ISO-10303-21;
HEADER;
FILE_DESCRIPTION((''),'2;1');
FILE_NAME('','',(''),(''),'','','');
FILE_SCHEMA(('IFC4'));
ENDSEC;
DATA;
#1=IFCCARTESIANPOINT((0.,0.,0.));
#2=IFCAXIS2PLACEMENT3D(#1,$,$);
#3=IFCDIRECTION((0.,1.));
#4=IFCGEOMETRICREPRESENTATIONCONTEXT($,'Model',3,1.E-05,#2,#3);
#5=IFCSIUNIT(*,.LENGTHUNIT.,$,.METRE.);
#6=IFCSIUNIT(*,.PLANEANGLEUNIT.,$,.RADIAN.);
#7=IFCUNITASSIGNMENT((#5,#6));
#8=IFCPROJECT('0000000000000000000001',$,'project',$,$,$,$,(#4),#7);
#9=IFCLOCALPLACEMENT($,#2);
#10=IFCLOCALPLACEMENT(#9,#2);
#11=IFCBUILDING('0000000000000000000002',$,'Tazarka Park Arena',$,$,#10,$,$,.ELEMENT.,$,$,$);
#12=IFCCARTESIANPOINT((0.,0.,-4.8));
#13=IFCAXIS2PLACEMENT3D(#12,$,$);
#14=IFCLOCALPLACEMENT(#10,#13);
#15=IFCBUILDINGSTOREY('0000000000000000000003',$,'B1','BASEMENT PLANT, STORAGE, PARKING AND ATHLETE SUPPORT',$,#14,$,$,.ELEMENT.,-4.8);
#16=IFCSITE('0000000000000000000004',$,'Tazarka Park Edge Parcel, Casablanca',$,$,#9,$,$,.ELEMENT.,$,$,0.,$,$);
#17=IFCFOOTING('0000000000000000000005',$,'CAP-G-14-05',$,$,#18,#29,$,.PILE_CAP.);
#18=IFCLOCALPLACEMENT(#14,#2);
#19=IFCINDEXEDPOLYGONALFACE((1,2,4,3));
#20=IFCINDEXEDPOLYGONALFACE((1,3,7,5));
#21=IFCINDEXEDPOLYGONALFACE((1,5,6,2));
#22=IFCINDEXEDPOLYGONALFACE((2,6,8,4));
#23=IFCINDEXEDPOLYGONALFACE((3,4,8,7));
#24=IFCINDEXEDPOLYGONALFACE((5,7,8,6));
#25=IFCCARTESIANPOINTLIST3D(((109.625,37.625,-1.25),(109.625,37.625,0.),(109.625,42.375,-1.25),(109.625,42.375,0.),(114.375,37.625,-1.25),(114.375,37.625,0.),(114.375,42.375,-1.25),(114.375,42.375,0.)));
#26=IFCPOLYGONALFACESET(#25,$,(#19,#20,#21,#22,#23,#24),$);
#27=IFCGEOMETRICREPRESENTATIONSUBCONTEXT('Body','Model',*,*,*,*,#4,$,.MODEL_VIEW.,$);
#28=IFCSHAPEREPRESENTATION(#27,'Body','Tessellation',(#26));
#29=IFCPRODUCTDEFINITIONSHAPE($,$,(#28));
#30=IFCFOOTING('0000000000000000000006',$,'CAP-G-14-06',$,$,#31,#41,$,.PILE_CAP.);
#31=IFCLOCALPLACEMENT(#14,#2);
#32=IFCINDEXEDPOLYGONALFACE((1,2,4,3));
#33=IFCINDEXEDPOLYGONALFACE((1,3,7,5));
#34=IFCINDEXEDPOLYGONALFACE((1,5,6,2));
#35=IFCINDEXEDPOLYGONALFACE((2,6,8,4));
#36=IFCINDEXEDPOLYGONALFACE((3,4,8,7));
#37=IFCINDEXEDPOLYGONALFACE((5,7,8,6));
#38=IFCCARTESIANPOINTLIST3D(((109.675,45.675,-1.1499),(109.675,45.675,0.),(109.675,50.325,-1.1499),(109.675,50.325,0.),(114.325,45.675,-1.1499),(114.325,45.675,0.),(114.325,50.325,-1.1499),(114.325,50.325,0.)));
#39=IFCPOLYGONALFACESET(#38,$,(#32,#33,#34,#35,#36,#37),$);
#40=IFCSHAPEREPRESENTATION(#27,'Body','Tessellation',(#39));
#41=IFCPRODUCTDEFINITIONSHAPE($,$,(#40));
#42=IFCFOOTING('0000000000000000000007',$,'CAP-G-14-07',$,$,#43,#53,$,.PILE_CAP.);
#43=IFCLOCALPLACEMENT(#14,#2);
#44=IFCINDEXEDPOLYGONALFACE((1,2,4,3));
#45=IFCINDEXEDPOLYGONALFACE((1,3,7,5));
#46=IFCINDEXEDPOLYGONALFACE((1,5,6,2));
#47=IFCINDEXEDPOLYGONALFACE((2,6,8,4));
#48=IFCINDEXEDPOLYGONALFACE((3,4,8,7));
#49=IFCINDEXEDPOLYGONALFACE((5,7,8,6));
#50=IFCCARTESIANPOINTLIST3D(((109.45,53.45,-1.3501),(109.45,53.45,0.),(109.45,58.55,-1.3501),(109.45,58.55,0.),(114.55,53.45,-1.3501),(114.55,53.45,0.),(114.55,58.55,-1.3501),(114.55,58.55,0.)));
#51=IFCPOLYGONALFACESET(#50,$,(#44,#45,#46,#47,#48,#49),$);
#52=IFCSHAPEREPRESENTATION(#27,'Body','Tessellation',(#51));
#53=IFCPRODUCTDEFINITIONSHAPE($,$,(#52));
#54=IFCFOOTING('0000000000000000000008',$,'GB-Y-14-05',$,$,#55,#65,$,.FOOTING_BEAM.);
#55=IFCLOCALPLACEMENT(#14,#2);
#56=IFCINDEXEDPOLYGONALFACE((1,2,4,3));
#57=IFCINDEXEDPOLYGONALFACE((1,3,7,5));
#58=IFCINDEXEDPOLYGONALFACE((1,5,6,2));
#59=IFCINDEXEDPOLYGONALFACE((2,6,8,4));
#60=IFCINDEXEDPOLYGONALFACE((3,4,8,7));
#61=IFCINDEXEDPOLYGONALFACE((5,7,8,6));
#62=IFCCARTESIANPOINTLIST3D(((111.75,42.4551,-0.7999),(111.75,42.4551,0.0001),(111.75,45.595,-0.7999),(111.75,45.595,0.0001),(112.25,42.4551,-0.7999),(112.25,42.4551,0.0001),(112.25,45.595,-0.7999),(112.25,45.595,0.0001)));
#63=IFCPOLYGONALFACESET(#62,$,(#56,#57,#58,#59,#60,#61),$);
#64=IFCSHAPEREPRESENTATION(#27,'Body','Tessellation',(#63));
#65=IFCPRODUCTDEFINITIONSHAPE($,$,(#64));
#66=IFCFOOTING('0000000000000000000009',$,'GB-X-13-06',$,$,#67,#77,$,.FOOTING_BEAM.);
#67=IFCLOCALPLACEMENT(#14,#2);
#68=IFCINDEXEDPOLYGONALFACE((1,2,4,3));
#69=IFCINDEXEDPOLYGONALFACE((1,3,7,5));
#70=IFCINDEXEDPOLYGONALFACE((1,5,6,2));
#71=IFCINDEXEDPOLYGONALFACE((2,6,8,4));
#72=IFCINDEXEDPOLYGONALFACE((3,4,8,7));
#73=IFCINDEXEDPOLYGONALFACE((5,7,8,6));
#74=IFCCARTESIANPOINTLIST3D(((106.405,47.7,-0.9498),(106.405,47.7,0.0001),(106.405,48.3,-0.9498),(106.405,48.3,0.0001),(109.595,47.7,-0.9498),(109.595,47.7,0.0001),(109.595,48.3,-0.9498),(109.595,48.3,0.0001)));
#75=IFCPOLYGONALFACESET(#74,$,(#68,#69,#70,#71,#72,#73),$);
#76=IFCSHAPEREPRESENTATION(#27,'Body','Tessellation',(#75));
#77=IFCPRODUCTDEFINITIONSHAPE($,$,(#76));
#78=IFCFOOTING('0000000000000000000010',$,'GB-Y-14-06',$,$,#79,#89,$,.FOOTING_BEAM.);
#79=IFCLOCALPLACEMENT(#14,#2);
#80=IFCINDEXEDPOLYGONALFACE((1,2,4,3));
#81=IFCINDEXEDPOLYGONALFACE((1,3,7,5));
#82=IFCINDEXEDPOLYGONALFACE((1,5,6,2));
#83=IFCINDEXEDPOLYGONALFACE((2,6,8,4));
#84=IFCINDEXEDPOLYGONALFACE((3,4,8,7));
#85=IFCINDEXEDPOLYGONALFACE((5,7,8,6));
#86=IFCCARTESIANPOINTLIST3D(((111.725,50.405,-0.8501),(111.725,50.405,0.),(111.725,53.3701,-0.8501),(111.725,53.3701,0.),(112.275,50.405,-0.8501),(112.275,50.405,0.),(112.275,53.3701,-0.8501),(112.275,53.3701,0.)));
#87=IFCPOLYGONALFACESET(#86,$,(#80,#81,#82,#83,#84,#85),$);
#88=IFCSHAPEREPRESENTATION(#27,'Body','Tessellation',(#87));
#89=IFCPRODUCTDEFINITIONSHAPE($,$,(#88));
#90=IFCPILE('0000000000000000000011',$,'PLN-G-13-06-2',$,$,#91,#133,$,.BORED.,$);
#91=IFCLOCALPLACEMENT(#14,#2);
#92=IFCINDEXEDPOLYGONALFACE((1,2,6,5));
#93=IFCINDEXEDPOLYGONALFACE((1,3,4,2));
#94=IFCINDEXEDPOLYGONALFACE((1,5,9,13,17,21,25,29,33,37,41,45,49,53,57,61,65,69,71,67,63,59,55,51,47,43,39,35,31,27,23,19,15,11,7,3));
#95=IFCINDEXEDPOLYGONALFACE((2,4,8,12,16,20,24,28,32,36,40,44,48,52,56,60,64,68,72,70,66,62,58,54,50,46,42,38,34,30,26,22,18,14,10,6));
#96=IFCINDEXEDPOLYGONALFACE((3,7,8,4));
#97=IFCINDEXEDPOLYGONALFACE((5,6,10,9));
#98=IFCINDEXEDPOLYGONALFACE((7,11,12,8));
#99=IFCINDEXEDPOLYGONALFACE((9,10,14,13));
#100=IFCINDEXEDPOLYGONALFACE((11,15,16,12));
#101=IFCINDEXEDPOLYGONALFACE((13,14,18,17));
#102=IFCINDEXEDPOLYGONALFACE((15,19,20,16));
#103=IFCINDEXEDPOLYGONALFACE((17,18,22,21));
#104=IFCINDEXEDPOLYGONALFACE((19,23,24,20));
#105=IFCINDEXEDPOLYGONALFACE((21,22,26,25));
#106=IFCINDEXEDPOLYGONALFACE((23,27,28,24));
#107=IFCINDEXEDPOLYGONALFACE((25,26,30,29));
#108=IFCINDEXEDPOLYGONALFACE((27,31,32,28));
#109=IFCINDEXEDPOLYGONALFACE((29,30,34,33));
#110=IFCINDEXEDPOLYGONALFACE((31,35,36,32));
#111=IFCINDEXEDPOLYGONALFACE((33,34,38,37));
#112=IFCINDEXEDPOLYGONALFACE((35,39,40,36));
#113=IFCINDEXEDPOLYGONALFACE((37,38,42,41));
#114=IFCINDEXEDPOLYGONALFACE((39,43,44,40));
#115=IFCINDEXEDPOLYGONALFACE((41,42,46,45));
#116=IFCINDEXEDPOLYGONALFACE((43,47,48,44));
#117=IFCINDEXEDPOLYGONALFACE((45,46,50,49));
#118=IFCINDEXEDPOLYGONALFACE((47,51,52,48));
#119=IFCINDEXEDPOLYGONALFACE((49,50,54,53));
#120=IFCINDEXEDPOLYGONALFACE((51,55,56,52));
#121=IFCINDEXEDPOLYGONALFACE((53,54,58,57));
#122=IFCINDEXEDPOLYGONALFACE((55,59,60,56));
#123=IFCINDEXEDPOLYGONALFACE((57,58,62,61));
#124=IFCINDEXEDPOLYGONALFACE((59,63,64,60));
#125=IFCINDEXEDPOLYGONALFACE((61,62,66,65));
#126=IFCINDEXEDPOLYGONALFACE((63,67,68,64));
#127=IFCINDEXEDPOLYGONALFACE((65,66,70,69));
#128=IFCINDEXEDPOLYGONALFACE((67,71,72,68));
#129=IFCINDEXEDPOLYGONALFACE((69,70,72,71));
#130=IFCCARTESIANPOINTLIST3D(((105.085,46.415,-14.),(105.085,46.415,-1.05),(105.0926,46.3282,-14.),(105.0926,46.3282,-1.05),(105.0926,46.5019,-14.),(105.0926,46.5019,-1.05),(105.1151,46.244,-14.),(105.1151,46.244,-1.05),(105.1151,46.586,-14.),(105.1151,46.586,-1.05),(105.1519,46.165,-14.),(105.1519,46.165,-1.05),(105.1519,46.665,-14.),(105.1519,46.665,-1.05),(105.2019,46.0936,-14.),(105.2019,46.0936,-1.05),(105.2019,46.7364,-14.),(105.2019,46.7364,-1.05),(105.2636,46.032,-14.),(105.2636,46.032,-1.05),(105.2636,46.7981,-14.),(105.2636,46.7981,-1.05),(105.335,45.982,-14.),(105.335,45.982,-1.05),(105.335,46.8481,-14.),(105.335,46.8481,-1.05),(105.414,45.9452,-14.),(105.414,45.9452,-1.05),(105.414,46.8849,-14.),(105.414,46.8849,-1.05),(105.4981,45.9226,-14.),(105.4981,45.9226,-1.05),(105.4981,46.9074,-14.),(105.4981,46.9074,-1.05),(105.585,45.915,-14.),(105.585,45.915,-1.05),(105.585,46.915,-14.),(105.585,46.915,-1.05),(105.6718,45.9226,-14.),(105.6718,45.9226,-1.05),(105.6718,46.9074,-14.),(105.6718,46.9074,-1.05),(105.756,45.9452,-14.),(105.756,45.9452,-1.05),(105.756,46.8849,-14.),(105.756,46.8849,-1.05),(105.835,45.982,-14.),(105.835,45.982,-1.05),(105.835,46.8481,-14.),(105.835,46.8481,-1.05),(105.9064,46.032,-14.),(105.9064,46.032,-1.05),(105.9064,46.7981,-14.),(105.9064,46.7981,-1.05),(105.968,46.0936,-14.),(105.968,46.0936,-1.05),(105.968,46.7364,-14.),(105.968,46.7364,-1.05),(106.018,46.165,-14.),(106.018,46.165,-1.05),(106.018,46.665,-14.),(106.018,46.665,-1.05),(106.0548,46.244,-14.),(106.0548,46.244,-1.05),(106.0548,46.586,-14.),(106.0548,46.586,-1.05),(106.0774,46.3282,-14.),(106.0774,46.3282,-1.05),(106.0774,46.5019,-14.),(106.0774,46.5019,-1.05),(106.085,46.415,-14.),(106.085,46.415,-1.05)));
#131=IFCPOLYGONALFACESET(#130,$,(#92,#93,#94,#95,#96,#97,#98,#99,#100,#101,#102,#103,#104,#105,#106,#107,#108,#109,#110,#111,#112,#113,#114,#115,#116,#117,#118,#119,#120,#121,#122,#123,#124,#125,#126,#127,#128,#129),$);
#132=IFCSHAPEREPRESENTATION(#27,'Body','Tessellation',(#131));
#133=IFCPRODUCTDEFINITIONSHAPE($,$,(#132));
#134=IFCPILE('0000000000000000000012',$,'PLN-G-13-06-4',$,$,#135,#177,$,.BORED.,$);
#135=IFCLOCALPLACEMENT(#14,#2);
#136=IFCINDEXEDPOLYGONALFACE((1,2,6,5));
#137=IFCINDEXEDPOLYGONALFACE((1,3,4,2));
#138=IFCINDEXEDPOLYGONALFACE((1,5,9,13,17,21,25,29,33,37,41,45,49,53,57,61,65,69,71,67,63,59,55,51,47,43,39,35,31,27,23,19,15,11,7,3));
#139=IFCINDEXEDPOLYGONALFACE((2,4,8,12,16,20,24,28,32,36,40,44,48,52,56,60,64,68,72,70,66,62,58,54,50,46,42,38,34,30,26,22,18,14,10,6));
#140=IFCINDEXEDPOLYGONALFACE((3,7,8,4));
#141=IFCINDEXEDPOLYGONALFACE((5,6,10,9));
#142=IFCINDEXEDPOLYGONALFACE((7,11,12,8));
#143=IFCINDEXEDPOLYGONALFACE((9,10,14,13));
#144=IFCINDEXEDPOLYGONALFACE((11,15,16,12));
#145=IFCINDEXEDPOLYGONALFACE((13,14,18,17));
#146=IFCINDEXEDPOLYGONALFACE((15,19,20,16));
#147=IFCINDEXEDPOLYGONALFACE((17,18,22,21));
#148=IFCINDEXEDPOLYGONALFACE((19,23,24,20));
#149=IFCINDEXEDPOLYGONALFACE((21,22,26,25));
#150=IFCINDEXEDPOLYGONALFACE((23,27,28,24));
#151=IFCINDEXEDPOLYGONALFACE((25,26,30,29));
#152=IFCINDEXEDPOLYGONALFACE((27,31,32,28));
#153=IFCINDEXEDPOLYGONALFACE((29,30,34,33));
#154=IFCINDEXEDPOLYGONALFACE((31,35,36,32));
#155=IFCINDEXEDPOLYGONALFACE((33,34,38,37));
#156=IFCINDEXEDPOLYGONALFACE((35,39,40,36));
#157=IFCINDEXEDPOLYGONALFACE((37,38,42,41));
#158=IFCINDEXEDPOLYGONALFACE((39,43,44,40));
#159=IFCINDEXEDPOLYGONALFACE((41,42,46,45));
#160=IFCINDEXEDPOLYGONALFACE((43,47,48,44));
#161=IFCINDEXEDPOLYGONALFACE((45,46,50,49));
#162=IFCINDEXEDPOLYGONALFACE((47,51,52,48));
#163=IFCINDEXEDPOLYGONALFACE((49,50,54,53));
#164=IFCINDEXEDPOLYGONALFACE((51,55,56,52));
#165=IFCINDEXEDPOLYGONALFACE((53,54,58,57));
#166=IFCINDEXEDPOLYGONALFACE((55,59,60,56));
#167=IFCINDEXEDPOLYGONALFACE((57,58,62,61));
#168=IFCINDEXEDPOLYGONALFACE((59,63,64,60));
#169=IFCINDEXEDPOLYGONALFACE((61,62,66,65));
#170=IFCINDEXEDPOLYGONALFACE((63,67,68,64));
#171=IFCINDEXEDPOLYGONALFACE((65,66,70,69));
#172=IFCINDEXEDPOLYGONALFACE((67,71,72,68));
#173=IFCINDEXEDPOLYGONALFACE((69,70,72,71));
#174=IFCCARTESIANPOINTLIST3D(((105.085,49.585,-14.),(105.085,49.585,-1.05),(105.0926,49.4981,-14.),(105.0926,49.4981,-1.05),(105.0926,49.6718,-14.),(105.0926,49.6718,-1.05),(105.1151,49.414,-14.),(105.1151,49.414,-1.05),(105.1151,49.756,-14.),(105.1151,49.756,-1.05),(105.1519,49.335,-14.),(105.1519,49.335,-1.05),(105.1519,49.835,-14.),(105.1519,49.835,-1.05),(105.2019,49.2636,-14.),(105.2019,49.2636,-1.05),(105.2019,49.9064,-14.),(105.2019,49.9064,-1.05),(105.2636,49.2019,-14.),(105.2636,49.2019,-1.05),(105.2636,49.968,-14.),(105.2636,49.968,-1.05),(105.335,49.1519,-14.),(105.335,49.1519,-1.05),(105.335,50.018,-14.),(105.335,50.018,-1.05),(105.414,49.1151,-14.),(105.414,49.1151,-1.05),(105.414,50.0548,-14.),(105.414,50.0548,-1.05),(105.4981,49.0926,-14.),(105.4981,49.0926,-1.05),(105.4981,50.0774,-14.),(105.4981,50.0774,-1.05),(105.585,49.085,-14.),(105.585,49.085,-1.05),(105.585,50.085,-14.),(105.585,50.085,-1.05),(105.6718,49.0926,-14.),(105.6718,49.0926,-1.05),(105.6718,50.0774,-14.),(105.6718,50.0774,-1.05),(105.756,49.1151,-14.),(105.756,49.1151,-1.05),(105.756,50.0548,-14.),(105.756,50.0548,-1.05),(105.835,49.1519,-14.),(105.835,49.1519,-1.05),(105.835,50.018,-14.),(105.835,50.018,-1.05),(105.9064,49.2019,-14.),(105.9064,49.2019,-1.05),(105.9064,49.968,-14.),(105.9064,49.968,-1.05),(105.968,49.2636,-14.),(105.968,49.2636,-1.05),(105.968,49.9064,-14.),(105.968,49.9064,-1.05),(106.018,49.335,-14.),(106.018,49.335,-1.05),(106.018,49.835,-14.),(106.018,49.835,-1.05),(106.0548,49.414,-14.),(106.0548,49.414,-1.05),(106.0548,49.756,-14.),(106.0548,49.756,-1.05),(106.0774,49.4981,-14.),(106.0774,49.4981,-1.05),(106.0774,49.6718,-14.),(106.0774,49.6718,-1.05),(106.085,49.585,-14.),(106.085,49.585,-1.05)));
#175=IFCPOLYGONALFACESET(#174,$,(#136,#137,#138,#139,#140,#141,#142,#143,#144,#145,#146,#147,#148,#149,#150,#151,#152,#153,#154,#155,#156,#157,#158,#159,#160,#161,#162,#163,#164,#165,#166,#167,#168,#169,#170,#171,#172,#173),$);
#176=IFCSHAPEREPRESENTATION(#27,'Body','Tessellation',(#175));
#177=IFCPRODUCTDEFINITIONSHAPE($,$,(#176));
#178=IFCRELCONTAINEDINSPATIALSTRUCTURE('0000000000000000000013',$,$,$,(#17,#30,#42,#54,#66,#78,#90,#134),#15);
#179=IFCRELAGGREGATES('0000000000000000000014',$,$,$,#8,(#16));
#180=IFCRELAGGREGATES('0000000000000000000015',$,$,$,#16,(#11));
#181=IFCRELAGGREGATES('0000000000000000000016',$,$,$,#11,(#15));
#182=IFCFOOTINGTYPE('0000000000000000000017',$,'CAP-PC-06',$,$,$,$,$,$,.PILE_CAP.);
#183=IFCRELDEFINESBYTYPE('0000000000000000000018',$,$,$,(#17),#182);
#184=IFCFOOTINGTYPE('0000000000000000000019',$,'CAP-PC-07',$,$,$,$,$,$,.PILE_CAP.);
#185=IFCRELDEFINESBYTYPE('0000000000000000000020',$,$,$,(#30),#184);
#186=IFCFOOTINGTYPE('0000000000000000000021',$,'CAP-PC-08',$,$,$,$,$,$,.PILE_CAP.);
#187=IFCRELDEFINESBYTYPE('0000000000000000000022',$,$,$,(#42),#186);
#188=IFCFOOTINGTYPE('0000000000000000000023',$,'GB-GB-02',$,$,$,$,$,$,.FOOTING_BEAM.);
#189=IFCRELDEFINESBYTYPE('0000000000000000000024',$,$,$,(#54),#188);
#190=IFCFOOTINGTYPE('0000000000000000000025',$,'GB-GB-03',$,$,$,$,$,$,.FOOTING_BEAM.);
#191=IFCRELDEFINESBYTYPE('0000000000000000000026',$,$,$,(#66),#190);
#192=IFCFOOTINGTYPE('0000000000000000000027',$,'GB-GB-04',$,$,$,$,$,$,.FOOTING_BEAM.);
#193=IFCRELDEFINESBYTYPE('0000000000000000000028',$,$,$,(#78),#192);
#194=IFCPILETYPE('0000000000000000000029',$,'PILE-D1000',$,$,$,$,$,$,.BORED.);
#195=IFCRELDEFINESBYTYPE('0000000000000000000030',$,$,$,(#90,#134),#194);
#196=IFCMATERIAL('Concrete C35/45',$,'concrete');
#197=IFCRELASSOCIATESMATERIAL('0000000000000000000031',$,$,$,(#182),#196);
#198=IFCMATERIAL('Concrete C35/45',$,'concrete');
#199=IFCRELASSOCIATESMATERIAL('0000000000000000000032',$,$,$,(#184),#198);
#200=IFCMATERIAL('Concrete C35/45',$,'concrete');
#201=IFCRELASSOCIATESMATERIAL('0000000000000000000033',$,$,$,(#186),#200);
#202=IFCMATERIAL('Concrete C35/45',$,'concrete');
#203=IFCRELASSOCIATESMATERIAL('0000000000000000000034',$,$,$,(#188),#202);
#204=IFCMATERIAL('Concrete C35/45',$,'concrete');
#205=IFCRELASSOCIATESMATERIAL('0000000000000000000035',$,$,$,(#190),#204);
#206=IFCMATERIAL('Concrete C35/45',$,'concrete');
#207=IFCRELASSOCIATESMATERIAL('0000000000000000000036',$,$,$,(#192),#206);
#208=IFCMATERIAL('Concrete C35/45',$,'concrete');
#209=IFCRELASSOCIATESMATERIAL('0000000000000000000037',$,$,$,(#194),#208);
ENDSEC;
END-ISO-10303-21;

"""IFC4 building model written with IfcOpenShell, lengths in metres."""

from ifc_helpers import new_model, si_unit, direction, frame, origin, origin_2d, place, context, subcontext, project, spatial, rectangle, circle, extrude, material, material_profile, profile_set, type_object, element, save


model = new_model("IFC4")

# Units and contexts
model_context = context("Model", 3, precision=1e-05, world=origin(), true_north=direction((0.0, 1.0)))
body_context = subcontext(model_context, "Body", "Model", "MODEL_VIEW")
ifc_project = project(units=[si_unit("LENGTHUNIT", "METRE"), si_unit("PLANEANGLEUNIT", "RADIAN")], contexts=[model_context])

# Site, building, storey
site_placement = place(None, origin())
site = spatial("IfcSite", under=ifc_project, at=site_placement, Name="Tazarka Park Edge Parcel, Casablanca", CompositionType="ELEMENT", RefElevation=0.0)
building_placement = place(site_placement, origin())
building = spatial("IfcBuilding", under=site, at=building_placement, Name="Tazarka Park Arena", CompositionType="ELEMENT")
storey_placement = place(building_placement, frame((0.0, 0.0, -4.8)))
storey = spatial("IfcBuildingStorey", under=building, at=storey_placement, Name="B1", Description="BASEMENT PLANT, STORAGE, PARKING AND ATHLETE SUPPORT", CompositionType="ELEMENT", Elevation=-4.8)

# Footings
ifc_material_1 = material(Name="Concrete C35/45", Category="concrete")
footing_type_1 = type_object("IfcFootingType", Name="CAP-PC-06", PredefinedType="PILE_CAP", material=ifc_material_1)
footing_1_placement = place(storey_placement, frame((112.0, 40.0, -1.25), z_axis=(0.0, 0.0, 1.0), x_axis=(1.0, 0.0, 0.0)))
element("IfcFooting", 1, at=footing_1_placement, inside=storey, type_object=footing_type_1, Name="CAP-G-14-05", PredefinedType="PILE_CAP", context=body_context, shape_type="SweptSolid", body=[
    extrude(rectangle(XDim=4.75, YDim=4.75, at=origin_2d()), origin(), (0.0, 0.0, 1.0), 1.25),
])
ifc_material_2 = material(Name="Concrete C35/45", Category="concrete")
footing_type_2 = type_object("IfcFootingType", Name="CAP-PC-07", PredefinedType="PILE_CAP", material=ifc_material_2)
footing_2_placement = place(storey_placement, frame((112.0, 48.0, -1.1499), z_axis=(0.0, 0.0, 1.0), x_axis=(1.0, 0.0, 0.0)))
element("IfcFooting", 2, at=footing_2_placement, inside=storey, type_object=footing_type_2, Name="CAP-G-14-06", PredefinedType="PILE_CAP", context=body_context, shape_type="SweptSolid", body=[
    extrude(rectangle(XDim=4.6499, YDim=4.6499, at=origin_2d()), origin(), (0.0, 0.0, 1.0), 1.1499),
])
ifc_material_3 = material(Name="Concrete C35/45", Category="concrete")
footing_type_3 = type_object("IfcFootingType", Name="CAP-PC-08", PredefinedType="PILE_CAP", material=ifc_material_3)
footing_3_placement = place(storey_placement, frame((112.0, 56.0, -1.3501), z_axis=(0.0, 0.0, 1.0), x_axis=(1.0, 0.0, 0.0)))
element("IfcFooting", 3, at=footing_3_placement, inside=storey, type_object=footing_type_3, Name="CAP-G-14-07", PredefinedType="PILE_CAP", context=body_context, shape_type="SweptSolid", body=[
    extrude(rectangle(XDim=5.1001, YDim=5.1001, at=origin_2d()), origin(), (0.0, 0.0, 1.0), 1.3501),
])
ifc_material_4 = material(Name="Concrete C35/45", Category="concrete")
ifc_material_profile_1 = material_profile(ifc_material_4, rectangle(XDim=0.5, YDim=0.8, at=origin_2d()), Name="Concrete C35/45")
ifc_profile_set_1 = profile_set([ifc_material_profile_1], Name="Concrete C35/45")
footing_type_4 = type_object("IfcFootingType", Name="GB-GB-02", PredefinedType="FOOTING_BEAM", material=ifc_profile_set_1)
footing_4_placement = place(storey_placement, frame((112.0, 42.4551, -0.3999), z_axis=(0.0, 1.0, 0.0), x_axis=(-1.0, 0.0, 0.0)))
element("IfcFooting", 4, at=footing_4_placement, inside=storey, type_object=footing_type_4, Name="GB-Y-14-05", PredefinedType="FOOTING_BEAM", context=body_context, shape_type="SweptSolid", body=[
    extrude(rectangle(XDim=0.5, YDim=0.8, at=origin_2d()), origin(), (0.0, 0.0, 1.0), 3.1399),
])
ifc_material_5 = material(Name="Concrete C35/45", Category="concrete")
ifc_material_profile_2 = material_profile(ifc_material_5, rectangle(XDim=0.6001, YDim=0.95, at=origin_2d()), Name="Concrete C35/45")
ifc_profile_set_2 = profile_set([ifc_material_profile_2], Name="Concrete C35/45")
footing_type_5 = type_object("IfcFootingType", Name="GB-GB-03", PredefinedType="FOOTING_BEAM", material=ifc_profile_set_2)
footing_5_placement = place(storey_placement, frame((106.405, 48.0, -0.4749), z_axis=(1.0, 0.0, 0.0), x_axis=(0.0, 1.0, 0.0)))
element("IfcFooting", 5, at=footing_5_placement, inside=storey, type_object=footing_type_5, Name="GB-X-13-06", PredefinedType="FOOTING_BEAM", context=body_context, shape_type="SweptSolid", body=[
    extrude(rectangle(XDim=0.6001, YDim=0.95, at=origin_2d()), origin(), (0.0, 0.0, 1.0), 3.1899),
])
ifc_material_6 = material(Name="Concrete C35/45", Category="concrete")
ifc_material_profile_3 = material_profile(ifc_material_6, rectangle(XDim=0.55, YDim=0.8501, at=origin_2d()), Name="Concrete C35/45")
ifc_profile_set_3 = profile_set([ifc_material_profile_3], Name="Concrete C35/45")
footing_type_6 = type_object("IfcFootingType", Name="GB-GB-04", PredefinedType="FOOTING_BEAM", material=ifc_profile_set_3)
footing_6_placement = place(storey_placement, frame((112.0, 50.405, -0.425), z_axis=(0.0, 1.0, 0.0), x_axis=(-1.0, 0.0, 0.0)))
element("IfcFooting", 6, at=footing_6_placement, inside=storey, type_object=footing_type_6, Name="GB-Y-14-06", PredefinedType="FOOTING_BEAM", context=body_context, shape_type="SweptSolid", body=[
    extrude(rectangle(XDim=0.55, YDim=0.8501, at=origin_2d()), origin(), (0.0, 0.0, 1.0), 2.9651),
])

# Piles
ifc_material_7 = material(Name="Concrete C35/45", Category="concrete")
ifc_material_profile_4 = material_profile(ifc_material_7, circle(Radius=0.5, at=origin_2d()), Name="Concrete C35/45")
ifc_profile_set_4 = profile_set([ifc_material_profile_4], Name="Concrete C35/45")
pile_type_1 = type_object("IfcPileType", Name="PILE-D1000", PredefinedType="BORED", material=ifc_profile_set_4)
for number, where, z_axis, x_axis, name in (
    (7, (105.585, 46.415, -1.05), (0.0, 0.0, -1.0), (1.0, 0.0, 0.0), "PLN-G-13-06-2"),
    (8, (105.585, 49.585, -1.05), (0.0, 0.0, -1.0), (1.0, 0.0, 0.0), "PLN-G-13-06-4"),
):
    element("IfcPile", number, at=place(storey_placement, frame(where, z_axis=z_axis, x_axis=x_axis)), inside=storey, type_object=pile_type_1, Name=name, PredefinedType="BORED", context=body_context, shape_type="SweptSolid", body=[
        extrude(circle(Radius=0.5, at=origin_2d()), origin(), (0.0, 0.0, 1.0), 12.95),
    ])

save(model, "model.ifc")
